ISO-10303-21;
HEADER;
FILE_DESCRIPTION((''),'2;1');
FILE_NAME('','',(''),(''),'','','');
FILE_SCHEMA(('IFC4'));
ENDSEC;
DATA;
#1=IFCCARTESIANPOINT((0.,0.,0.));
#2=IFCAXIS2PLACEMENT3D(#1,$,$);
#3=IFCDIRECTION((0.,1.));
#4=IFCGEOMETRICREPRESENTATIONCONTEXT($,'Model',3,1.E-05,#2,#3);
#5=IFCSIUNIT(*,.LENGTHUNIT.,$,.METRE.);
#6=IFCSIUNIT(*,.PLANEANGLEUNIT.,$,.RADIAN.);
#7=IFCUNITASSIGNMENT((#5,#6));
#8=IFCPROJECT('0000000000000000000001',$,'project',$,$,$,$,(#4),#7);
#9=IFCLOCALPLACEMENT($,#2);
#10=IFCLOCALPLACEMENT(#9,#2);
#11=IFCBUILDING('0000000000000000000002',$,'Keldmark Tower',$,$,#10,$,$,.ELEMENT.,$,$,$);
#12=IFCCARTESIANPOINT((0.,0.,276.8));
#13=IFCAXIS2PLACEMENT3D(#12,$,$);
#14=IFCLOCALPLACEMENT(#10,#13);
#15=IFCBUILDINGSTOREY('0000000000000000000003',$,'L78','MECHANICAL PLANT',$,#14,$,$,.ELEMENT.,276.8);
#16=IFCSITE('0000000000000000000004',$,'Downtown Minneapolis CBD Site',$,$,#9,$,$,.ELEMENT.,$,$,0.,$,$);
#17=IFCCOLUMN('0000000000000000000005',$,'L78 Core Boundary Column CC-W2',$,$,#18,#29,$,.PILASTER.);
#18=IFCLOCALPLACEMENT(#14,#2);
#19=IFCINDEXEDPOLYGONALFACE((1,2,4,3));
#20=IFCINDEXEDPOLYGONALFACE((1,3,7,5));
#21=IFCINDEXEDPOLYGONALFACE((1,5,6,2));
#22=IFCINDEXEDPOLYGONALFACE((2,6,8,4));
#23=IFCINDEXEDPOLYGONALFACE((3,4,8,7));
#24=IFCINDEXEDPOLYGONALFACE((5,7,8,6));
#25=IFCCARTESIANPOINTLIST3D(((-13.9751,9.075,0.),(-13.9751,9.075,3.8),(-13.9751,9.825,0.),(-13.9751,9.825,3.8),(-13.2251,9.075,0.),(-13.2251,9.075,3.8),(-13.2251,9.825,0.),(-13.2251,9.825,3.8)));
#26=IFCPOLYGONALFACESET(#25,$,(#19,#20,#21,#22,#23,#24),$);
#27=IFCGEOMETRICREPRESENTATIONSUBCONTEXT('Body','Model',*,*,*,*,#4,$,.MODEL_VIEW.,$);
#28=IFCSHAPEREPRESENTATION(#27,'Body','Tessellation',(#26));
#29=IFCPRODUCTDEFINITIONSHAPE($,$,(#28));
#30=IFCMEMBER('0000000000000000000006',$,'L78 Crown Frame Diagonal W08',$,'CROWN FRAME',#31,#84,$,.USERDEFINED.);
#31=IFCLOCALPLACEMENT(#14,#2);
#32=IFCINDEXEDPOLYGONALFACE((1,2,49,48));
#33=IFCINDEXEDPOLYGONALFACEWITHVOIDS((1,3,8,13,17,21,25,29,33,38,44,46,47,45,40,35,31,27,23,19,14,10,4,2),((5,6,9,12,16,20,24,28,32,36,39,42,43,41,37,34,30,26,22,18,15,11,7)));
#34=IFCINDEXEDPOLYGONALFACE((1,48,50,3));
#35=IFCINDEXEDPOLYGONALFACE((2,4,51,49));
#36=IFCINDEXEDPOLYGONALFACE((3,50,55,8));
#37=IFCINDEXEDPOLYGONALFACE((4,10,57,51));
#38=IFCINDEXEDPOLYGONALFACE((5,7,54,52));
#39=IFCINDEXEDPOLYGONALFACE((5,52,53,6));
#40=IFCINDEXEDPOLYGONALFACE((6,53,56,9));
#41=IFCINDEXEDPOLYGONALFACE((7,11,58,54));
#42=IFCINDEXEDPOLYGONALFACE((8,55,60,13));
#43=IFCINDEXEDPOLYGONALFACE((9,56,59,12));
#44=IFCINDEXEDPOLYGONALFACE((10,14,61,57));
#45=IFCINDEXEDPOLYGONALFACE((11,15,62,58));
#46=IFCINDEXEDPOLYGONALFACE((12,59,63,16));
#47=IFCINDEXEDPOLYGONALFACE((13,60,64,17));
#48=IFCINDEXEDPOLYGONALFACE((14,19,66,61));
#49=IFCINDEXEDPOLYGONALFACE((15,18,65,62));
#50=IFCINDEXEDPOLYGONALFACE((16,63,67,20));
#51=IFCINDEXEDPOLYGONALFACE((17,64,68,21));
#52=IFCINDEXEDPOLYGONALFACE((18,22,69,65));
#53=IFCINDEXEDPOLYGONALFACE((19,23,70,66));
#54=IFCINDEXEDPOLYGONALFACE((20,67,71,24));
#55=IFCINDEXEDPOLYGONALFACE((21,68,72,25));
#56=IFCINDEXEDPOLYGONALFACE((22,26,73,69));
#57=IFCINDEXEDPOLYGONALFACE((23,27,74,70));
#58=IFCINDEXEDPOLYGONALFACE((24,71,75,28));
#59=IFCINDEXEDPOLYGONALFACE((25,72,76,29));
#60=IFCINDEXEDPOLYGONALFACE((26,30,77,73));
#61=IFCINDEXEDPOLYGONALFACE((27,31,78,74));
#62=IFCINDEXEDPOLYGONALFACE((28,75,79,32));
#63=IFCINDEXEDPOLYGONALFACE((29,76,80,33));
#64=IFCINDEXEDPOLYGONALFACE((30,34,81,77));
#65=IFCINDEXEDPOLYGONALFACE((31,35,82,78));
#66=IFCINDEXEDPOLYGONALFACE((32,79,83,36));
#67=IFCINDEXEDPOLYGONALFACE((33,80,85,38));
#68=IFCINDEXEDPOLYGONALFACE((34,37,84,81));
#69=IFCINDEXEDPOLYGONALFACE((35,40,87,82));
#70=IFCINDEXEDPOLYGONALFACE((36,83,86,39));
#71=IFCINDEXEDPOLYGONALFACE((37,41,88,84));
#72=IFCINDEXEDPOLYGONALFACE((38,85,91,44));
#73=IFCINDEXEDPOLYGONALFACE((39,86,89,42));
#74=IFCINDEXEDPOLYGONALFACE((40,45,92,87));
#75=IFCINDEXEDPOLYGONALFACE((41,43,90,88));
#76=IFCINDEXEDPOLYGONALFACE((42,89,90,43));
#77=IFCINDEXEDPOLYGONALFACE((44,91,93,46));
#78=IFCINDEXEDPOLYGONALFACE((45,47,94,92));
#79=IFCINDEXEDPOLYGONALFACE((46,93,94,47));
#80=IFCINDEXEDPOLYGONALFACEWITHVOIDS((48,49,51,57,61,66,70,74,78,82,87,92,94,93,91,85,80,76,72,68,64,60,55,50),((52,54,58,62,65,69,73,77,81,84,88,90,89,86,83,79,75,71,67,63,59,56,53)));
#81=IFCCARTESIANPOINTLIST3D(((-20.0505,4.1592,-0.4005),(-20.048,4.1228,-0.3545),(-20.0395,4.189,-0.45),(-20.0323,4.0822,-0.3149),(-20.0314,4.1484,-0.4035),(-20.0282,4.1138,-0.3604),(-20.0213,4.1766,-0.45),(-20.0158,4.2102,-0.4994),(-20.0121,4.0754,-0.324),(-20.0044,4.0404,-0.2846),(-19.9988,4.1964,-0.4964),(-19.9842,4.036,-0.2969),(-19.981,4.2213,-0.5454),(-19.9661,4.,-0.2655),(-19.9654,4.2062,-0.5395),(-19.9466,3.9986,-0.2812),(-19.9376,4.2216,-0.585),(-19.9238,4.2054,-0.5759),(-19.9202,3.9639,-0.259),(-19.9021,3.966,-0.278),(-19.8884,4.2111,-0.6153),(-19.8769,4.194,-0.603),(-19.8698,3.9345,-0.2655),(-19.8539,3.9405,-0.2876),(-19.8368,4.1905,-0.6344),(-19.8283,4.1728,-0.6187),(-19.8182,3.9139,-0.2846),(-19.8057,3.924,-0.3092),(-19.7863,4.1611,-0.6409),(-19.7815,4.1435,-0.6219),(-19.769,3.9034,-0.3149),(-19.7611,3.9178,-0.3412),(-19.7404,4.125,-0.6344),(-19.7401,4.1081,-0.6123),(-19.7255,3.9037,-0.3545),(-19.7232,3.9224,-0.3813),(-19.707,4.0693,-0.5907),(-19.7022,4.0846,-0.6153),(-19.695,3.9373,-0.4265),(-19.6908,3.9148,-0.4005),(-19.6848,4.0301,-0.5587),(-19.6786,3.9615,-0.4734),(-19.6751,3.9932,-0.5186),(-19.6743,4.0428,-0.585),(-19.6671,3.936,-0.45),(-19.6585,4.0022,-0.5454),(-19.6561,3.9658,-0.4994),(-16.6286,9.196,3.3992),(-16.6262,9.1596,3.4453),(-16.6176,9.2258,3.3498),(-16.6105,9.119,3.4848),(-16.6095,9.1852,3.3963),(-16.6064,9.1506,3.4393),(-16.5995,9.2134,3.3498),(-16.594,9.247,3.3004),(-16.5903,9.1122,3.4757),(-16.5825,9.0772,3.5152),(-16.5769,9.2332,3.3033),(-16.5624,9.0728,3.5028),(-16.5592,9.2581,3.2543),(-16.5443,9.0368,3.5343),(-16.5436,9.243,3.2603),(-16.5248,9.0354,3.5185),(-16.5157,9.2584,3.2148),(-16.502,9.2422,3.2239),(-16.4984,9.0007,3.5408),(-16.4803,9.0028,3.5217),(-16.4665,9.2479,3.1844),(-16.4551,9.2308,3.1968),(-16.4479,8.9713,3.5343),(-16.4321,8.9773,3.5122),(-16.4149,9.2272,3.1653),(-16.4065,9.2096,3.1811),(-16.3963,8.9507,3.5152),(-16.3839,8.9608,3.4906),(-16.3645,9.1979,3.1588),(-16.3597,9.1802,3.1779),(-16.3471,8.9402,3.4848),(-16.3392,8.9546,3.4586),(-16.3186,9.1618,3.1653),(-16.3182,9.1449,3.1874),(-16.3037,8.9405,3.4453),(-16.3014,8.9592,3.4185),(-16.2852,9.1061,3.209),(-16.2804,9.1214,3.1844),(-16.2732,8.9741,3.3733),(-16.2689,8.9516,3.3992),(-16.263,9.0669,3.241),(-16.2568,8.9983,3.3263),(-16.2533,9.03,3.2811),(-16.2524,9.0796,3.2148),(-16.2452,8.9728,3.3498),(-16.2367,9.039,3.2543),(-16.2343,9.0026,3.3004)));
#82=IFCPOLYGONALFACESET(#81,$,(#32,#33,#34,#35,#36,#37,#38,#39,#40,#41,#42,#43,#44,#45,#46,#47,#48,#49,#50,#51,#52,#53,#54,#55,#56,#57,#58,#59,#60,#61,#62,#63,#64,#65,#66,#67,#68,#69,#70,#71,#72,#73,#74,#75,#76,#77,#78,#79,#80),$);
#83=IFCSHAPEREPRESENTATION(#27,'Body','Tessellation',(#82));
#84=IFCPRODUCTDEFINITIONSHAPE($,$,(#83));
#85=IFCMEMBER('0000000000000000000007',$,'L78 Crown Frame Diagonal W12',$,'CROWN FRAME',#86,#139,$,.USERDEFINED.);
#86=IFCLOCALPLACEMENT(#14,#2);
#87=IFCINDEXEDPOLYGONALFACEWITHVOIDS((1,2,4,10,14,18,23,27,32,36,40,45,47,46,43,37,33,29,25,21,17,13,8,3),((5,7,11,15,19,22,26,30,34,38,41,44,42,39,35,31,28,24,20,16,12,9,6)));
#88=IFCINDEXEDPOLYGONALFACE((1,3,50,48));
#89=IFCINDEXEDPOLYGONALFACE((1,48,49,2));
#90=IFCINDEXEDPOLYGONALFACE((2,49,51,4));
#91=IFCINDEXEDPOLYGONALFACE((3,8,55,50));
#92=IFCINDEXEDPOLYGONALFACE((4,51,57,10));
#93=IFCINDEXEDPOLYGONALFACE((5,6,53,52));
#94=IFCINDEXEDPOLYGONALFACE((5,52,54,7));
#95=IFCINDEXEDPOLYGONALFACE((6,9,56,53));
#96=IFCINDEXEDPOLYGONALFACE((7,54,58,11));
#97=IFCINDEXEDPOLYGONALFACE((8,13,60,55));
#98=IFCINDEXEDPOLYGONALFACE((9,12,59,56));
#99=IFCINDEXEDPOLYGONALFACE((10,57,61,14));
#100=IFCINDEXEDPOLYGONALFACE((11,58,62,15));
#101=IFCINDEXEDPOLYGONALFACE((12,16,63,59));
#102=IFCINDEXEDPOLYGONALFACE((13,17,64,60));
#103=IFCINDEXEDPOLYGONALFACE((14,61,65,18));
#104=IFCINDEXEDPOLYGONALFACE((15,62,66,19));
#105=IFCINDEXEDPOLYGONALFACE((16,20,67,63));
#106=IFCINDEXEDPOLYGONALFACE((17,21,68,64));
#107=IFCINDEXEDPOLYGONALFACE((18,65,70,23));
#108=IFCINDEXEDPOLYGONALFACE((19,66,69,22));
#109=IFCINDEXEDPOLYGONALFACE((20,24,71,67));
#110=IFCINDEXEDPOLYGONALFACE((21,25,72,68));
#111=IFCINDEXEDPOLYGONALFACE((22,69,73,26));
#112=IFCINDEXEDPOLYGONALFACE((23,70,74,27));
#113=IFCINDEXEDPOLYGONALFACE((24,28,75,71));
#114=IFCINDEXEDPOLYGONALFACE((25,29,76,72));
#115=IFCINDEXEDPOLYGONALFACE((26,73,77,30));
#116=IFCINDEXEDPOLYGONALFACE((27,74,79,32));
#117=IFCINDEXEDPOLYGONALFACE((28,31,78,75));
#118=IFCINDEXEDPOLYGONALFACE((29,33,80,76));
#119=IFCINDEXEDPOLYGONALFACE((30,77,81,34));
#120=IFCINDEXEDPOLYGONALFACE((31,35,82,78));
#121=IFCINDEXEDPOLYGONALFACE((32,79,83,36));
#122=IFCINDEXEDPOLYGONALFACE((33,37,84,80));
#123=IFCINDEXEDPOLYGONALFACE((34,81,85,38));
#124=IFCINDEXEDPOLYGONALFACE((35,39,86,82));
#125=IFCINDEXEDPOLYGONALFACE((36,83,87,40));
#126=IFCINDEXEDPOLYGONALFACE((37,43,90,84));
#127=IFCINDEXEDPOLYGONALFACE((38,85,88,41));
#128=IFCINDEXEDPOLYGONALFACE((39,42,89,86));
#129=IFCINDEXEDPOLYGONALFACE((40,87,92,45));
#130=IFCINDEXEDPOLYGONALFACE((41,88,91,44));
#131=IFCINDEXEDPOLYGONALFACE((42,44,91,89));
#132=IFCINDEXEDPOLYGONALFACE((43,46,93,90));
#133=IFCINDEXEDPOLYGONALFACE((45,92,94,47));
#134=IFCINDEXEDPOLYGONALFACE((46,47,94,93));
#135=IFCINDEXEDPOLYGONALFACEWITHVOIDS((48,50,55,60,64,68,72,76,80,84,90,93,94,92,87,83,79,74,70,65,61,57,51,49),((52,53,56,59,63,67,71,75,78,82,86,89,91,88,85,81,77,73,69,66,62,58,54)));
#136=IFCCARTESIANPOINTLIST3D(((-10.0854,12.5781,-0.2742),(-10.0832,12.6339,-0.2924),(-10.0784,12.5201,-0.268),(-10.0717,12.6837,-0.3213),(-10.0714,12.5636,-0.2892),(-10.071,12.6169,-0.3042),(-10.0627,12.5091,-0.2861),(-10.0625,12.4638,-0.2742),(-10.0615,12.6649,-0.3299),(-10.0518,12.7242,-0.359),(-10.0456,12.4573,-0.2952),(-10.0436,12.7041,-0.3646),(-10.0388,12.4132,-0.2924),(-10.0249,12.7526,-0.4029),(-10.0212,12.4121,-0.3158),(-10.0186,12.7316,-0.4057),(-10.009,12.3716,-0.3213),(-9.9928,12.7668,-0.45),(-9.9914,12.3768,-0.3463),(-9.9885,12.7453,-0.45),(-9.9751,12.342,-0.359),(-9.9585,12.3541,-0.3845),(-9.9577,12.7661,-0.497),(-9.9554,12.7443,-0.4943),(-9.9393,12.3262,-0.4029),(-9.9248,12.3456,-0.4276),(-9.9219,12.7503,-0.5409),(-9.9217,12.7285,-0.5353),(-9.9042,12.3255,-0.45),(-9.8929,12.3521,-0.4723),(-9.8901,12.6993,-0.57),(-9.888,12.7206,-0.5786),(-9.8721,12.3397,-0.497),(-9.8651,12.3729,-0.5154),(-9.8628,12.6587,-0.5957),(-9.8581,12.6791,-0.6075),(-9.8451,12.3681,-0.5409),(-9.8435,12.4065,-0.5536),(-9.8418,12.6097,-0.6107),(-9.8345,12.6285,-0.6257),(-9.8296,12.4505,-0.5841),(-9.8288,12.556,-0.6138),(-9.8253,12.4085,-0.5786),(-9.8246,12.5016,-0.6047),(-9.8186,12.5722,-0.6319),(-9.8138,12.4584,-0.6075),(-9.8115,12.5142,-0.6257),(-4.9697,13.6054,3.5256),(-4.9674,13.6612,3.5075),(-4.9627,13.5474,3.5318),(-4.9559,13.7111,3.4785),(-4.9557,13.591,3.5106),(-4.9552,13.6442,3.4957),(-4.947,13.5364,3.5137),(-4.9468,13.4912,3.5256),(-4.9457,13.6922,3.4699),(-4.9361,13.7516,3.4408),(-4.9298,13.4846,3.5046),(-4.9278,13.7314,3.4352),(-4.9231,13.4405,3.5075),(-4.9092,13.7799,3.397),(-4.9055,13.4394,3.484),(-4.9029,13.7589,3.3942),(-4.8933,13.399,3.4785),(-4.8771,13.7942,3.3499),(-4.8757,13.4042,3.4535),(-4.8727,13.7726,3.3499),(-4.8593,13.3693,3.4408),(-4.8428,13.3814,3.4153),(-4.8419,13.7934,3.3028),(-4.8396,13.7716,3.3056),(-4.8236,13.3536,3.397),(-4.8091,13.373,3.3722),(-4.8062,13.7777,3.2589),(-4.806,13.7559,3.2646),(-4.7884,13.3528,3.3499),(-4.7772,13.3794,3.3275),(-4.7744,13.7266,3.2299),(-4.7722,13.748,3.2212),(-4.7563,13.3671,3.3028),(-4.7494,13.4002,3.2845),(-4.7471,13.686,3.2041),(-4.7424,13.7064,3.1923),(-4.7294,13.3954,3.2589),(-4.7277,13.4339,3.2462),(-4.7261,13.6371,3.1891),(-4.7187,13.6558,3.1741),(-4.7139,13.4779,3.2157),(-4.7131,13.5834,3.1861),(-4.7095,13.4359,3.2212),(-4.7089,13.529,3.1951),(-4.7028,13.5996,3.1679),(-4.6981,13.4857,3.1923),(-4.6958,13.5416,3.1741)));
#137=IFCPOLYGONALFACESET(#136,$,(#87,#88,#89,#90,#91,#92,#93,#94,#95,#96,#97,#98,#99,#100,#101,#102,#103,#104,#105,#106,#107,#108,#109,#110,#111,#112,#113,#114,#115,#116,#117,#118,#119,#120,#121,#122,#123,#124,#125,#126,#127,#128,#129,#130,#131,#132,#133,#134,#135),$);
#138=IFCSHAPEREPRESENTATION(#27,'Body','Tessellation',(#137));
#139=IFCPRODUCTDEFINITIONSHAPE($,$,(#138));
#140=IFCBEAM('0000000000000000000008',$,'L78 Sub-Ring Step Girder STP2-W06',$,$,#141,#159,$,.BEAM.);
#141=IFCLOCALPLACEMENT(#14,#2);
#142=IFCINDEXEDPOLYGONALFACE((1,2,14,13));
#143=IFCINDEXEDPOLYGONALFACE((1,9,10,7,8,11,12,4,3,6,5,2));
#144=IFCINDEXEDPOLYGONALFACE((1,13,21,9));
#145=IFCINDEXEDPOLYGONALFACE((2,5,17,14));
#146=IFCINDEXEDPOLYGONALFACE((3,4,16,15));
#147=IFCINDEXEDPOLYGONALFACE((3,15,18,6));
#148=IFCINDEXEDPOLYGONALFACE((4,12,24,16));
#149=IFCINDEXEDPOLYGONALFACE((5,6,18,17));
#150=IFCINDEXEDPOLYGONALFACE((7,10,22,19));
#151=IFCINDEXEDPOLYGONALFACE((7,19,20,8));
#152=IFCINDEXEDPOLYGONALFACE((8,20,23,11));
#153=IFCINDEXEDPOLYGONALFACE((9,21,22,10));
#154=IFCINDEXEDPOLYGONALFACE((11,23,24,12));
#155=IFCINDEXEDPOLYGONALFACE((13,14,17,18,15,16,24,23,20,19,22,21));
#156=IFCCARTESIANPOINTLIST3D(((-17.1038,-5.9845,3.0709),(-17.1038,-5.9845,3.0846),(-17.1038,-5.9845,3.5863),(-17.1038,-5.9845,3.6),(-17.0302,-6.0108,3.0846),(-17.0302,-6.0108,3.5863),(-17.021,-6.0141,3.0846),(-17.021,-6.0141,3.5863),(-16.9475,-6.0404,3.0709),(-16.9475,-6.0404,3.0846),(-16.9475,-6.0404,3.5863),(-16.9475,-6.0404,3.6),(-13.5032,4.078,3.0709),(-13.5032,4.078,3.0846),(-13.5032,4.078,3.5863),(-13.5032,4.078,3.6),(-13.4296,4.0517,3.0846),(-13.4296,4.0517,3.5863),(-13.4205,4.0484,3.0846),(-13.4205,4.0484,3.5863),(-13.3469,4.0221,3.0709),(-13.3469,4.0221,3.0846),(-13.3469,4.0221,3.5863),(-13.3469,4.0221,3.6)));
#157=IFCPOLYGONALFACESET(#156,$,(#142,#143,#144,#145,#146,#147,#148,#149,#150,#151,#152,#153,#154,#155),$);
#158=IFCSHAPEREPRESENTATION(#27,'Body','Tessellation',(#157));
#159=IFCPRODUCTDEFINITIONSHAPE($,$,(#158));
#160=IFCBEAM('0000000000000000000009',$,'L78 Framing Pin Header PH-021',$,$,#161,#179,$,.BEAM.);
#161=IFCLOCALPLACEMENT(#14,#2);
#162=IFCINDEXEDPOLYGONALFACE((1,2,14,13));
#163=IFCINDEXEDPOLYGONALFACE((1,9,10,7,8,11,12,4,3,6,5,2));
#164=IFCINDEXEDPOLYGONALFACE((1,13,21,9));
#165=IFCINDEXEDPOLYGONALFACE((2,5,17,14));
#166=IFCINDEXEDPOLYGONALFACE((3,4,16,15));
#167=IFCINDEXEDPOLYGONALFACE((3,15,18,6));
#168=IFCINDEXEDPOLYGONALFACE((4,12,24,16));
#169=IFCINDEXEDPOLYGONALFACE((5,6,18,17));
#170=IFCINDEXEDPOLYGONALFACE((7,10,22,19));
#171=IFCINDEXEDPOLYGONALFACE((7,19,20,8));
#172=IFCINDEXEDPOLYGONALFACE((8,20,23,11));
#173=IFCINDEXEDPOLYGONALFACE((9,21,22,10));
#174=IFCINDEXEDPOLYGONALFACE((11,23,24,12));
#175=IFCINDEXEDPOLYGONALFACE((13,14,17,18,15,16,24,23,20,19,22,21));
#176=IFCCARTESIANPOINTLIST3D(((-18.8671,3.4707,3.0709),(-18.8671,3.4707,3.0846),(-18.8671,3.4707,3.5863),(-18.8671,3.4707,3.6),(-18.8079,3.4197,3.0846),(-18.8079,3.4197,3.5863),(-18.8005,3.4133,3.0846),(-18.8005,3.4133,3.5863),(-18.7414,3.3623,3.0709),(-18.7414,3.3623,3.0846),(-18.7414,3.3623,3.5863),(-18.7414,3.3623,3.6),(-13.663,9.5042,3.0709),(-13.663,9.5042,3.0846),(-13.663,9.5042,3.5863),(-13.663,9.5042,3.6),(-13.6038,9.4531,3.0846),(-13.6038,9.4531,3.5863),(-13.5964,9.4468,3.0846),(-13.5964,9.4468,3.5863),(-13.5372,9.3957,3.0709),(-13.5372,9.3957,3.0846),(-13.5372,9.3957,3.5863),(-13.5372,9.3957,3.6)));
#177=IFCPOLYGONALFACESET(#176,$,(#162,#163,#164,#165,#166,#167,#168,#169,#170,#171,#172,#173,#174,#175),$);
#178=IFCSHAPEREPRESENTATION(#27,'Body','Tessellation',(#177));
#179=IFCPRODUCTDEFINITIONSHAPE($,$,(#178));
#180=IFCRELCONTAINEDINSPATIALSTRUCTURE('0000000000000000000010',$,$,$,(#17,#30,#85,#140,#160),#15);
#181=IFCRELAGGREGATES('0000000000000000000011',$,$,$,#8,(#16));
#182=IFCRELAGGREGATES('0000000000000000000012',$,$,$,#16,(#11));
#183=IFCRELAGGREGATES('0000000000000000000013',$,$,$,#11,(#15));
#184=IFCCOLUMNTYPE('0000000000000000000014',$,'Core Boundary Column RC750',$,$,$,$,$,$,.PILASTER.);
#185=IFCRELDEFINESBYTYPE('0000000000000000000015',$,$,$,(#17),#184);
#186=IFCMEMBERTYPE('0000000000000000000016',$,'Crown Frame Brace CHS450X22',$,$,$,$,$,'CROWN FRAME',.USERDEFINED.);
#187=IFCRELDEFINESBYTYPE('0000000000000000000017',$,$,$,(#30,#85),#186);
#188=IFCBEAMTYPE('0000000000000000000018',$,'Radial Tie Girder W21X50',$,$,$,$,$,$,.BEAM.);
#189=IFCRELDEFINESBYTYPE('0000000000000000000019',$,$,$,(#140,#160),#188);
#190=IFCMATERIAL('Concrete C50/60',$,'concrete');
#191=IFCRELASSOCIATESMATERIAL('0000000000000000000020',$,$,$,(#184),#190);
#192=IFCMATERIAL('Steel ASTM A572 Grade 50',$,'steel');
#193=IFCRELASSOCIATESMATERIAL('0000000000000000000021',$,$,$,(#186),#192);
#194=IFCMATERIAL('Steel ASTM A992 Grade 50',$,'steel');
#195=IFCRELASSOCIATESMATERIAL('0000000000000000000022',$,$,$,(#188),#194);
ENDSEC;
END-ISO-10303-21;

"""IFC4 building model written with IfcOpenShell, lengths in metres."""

from ifc_helpers import new_model, si_unit, direction, frame, origin, origin_2d, place, context, subcontext, project, spatial, rectangle, hollow_circle, i_section, extrude, material, material_profile, profile_set, type_object, element, save


model = new_model("IFC4")

# Units and contexts
model_context = context("Model", 3, precision=1e-05, world=origin(), true_north=direction((0.0, 1.0)))
body_context = subcontext(model_context, "Body", "Model", "MODEL_VIEW")
ifc_project = project(units=[si_unit("LENGTHUNIT", "METRE"), si_unit("PLANEANGLEUNIT", "RADIAN")], contexts=[model_context])

# Site, building, storey
site_placement = place(None, origin())
site = spatial("IfcSite", under=ifc_project, at=site_placement, Name="Downtown Minneapolis CBD Site", CompositionType="ELEMENT", RefElevation=0.0)
building_placement = place(site_placement, origin())
building = spatial("IfcBuilding", under=site, at=building_placement, Name="Keldmark Tower", CompositionType="ELEMENT")
storey_placement = place(building_placement, frame((0.0, 0.0, 276.8)))
storey = spatial("IfcBuildingStorey", under=building, at=storey_placement, Name="L78", Description="MECHANICAL PLANT", CompositionType="ELEMENT", Elevation=276.8)

# Column
ifc_material_1 = material(Name="Concrete C50/60", Category="concrete")
ifc_material_profile_1 = material_profile(ifc_material_1, rectangle(XDim=0.75, YDim=0.75, at=origin_2d()), Name="RC750X750")
ifc_profile_set_1 = profile_set([ifc_material_profile_1], Name="Concrete C50/60")
column_type = type_object("IfcColumnType", Name="Core Boundary Column RC750", PredefinedType="PILASTER", material=ifc_profile_set_1)
column_placement = place(storey_placement, frame((-13.6001, 9.45, 0.0), z_axis=(0.0, 0.0, 1.0), x_axis=(1.0, 0.0, 0.0)))
element("IfcColumn", 1, at=column_placement, inside=storey, type_object=column_type, Name="L78 Core Boundary Column CC-W2", PredefinedType="PILASTER", context=body_context, shape_type="SweptSolid", body=[
    extrude(rectangle(XDim=0.75, YDim=0.75, at=origin_2d()), origin(), (0.0, 0.0, 1.0), 3.8),
])

# Members
ifc_material_2 = material(Name="Steel ASTM A572 Grade 50", Category="steel")
ifc_material_profile_2 = material_profile(ifc_material_2, hollow_circle(Radius=0.2251, WallThickness=0.022, at=origin_2d()), Name="CHS450X22")
ifc_profile_set_2 = profile_set([ifc_material_profile_2], Name="Steel ASTM A572 Grade 50")
member_type = type_object("IfcMemberType", Name="Crown Frame Brace CHS450X22", ElementType="CROWN FRAME", PredefinedType="USERDEFINED", material=ifc_profile_set_2)
member_1_placement = place(storey_placement, frame((-19.8533, 4.0625, -0.45), z_axis=(0.476744, 0.701749, 0.529399), x_axis=(-0.82717, 0.561951, 0.0)))
element("IfcMember", 2, at=member_1_placement, inside=storey, type_object=member_type, Name="L78 Crown Frame Diagonal W08", ObjectType="CROWN FRAME", PredefinedType="USERDEFINED", context=body_context, shape_type="SweptSolid", body=[
    extrude(hollow_circle(Radius=0.2251, WallThickness=0.022, at=origin_2d()), origin(), (0.0, 0.0, 1.0), 7.1775),
])
member_2_placement = place(storey_placement, frame((-9.9485, 12.5461, -0.45), z_axis=(0.792544, 0.159159, 0.588678), x_axis=(-0.19689, 0.980426, 0.0)))
element("IfcMember", 3, at=member_2_placement, inside=storey, type_object=member_type, Name="L78 Crown Frame Diagonal W12", ObjectType="CROWN FRAME", PredefinedType="USERDEFINED", context=body_context, shape_type="SweptSolid", body=[
    extrude(hollow_circle(Radius=0.2251, WallThickness=0.022, at=origin_2d()), origin(), (0.0, 0.0, 1.0), 6.4548),
])

# Beams
ifc_material_3 = material(Name="Steel ASTM A992 Grade 50", Category="steel")
ifc_material_profile_3 = material_profile(ifc_material_3, i_section(OverallWidth=0.166, OverallDepth=0.5291, WebThickness=0.0098, FlangeThickness=0.0137, at=origin_2d()), Name="W21X50")
ifc_profile_set_3 = profile_set([ifc_material_profile_3], Name="Steel ASTM A992 Grade 50")
beam_type_1 = type_object("IfcBeamType", Name="Radial Tie Girder W21X50", PredefinedType="BEAM", material=ifc_profile_set_3)
beam_1_placement = place(storey_placement, frame((-13.425, 4.05, 3.3354), z_axis=(-0.336904, -0.941539, 0.0), x_axis=(0.941539, -0.336904, 0.0)))
element("IfcBeam", 4, at=beam_1_placement, inside=storey, type_object=beam_type_1, Name="L78 Sub-Ring Step Girder STP2-W06", PredefinedType="BEAM", context=body_context, shape_type="SweptSolid", body=[
    extrude(i_section(OverallWidth=0.166, OverallDepth=0.5291, WebThickness=0.0098, FlangeThickness=0.0137, at=origin_2d()), origin(), (0.0, 0.0, 1.0), 10.6873),
])
beam_2_placement = place(storey_placement, frame((-13.6001, 9.45, 3.3354), z_axis=(-0.653145, -0.757233, 0.0), x_axis=(0.757233, -0.653145, 0.0)))
element("IfcBeam", 5, at=beam_2_placement, inside=storey, type_object=beam_type_1, Name="L78 Framing Pin Header PH-021", PredefinedType="BEAM", context=body_context, shape_type="SweptSolid", body=[
    extrude(i_section(OverallWidth=0.166, OverallDepth=0.5291, WebThickness=0.0098, FlangeThickness=0.0137, at=origin_2d()), origin(), (0.0, 0.0, 1.0), 7.9678),
])

save(model, "model.ifc")
